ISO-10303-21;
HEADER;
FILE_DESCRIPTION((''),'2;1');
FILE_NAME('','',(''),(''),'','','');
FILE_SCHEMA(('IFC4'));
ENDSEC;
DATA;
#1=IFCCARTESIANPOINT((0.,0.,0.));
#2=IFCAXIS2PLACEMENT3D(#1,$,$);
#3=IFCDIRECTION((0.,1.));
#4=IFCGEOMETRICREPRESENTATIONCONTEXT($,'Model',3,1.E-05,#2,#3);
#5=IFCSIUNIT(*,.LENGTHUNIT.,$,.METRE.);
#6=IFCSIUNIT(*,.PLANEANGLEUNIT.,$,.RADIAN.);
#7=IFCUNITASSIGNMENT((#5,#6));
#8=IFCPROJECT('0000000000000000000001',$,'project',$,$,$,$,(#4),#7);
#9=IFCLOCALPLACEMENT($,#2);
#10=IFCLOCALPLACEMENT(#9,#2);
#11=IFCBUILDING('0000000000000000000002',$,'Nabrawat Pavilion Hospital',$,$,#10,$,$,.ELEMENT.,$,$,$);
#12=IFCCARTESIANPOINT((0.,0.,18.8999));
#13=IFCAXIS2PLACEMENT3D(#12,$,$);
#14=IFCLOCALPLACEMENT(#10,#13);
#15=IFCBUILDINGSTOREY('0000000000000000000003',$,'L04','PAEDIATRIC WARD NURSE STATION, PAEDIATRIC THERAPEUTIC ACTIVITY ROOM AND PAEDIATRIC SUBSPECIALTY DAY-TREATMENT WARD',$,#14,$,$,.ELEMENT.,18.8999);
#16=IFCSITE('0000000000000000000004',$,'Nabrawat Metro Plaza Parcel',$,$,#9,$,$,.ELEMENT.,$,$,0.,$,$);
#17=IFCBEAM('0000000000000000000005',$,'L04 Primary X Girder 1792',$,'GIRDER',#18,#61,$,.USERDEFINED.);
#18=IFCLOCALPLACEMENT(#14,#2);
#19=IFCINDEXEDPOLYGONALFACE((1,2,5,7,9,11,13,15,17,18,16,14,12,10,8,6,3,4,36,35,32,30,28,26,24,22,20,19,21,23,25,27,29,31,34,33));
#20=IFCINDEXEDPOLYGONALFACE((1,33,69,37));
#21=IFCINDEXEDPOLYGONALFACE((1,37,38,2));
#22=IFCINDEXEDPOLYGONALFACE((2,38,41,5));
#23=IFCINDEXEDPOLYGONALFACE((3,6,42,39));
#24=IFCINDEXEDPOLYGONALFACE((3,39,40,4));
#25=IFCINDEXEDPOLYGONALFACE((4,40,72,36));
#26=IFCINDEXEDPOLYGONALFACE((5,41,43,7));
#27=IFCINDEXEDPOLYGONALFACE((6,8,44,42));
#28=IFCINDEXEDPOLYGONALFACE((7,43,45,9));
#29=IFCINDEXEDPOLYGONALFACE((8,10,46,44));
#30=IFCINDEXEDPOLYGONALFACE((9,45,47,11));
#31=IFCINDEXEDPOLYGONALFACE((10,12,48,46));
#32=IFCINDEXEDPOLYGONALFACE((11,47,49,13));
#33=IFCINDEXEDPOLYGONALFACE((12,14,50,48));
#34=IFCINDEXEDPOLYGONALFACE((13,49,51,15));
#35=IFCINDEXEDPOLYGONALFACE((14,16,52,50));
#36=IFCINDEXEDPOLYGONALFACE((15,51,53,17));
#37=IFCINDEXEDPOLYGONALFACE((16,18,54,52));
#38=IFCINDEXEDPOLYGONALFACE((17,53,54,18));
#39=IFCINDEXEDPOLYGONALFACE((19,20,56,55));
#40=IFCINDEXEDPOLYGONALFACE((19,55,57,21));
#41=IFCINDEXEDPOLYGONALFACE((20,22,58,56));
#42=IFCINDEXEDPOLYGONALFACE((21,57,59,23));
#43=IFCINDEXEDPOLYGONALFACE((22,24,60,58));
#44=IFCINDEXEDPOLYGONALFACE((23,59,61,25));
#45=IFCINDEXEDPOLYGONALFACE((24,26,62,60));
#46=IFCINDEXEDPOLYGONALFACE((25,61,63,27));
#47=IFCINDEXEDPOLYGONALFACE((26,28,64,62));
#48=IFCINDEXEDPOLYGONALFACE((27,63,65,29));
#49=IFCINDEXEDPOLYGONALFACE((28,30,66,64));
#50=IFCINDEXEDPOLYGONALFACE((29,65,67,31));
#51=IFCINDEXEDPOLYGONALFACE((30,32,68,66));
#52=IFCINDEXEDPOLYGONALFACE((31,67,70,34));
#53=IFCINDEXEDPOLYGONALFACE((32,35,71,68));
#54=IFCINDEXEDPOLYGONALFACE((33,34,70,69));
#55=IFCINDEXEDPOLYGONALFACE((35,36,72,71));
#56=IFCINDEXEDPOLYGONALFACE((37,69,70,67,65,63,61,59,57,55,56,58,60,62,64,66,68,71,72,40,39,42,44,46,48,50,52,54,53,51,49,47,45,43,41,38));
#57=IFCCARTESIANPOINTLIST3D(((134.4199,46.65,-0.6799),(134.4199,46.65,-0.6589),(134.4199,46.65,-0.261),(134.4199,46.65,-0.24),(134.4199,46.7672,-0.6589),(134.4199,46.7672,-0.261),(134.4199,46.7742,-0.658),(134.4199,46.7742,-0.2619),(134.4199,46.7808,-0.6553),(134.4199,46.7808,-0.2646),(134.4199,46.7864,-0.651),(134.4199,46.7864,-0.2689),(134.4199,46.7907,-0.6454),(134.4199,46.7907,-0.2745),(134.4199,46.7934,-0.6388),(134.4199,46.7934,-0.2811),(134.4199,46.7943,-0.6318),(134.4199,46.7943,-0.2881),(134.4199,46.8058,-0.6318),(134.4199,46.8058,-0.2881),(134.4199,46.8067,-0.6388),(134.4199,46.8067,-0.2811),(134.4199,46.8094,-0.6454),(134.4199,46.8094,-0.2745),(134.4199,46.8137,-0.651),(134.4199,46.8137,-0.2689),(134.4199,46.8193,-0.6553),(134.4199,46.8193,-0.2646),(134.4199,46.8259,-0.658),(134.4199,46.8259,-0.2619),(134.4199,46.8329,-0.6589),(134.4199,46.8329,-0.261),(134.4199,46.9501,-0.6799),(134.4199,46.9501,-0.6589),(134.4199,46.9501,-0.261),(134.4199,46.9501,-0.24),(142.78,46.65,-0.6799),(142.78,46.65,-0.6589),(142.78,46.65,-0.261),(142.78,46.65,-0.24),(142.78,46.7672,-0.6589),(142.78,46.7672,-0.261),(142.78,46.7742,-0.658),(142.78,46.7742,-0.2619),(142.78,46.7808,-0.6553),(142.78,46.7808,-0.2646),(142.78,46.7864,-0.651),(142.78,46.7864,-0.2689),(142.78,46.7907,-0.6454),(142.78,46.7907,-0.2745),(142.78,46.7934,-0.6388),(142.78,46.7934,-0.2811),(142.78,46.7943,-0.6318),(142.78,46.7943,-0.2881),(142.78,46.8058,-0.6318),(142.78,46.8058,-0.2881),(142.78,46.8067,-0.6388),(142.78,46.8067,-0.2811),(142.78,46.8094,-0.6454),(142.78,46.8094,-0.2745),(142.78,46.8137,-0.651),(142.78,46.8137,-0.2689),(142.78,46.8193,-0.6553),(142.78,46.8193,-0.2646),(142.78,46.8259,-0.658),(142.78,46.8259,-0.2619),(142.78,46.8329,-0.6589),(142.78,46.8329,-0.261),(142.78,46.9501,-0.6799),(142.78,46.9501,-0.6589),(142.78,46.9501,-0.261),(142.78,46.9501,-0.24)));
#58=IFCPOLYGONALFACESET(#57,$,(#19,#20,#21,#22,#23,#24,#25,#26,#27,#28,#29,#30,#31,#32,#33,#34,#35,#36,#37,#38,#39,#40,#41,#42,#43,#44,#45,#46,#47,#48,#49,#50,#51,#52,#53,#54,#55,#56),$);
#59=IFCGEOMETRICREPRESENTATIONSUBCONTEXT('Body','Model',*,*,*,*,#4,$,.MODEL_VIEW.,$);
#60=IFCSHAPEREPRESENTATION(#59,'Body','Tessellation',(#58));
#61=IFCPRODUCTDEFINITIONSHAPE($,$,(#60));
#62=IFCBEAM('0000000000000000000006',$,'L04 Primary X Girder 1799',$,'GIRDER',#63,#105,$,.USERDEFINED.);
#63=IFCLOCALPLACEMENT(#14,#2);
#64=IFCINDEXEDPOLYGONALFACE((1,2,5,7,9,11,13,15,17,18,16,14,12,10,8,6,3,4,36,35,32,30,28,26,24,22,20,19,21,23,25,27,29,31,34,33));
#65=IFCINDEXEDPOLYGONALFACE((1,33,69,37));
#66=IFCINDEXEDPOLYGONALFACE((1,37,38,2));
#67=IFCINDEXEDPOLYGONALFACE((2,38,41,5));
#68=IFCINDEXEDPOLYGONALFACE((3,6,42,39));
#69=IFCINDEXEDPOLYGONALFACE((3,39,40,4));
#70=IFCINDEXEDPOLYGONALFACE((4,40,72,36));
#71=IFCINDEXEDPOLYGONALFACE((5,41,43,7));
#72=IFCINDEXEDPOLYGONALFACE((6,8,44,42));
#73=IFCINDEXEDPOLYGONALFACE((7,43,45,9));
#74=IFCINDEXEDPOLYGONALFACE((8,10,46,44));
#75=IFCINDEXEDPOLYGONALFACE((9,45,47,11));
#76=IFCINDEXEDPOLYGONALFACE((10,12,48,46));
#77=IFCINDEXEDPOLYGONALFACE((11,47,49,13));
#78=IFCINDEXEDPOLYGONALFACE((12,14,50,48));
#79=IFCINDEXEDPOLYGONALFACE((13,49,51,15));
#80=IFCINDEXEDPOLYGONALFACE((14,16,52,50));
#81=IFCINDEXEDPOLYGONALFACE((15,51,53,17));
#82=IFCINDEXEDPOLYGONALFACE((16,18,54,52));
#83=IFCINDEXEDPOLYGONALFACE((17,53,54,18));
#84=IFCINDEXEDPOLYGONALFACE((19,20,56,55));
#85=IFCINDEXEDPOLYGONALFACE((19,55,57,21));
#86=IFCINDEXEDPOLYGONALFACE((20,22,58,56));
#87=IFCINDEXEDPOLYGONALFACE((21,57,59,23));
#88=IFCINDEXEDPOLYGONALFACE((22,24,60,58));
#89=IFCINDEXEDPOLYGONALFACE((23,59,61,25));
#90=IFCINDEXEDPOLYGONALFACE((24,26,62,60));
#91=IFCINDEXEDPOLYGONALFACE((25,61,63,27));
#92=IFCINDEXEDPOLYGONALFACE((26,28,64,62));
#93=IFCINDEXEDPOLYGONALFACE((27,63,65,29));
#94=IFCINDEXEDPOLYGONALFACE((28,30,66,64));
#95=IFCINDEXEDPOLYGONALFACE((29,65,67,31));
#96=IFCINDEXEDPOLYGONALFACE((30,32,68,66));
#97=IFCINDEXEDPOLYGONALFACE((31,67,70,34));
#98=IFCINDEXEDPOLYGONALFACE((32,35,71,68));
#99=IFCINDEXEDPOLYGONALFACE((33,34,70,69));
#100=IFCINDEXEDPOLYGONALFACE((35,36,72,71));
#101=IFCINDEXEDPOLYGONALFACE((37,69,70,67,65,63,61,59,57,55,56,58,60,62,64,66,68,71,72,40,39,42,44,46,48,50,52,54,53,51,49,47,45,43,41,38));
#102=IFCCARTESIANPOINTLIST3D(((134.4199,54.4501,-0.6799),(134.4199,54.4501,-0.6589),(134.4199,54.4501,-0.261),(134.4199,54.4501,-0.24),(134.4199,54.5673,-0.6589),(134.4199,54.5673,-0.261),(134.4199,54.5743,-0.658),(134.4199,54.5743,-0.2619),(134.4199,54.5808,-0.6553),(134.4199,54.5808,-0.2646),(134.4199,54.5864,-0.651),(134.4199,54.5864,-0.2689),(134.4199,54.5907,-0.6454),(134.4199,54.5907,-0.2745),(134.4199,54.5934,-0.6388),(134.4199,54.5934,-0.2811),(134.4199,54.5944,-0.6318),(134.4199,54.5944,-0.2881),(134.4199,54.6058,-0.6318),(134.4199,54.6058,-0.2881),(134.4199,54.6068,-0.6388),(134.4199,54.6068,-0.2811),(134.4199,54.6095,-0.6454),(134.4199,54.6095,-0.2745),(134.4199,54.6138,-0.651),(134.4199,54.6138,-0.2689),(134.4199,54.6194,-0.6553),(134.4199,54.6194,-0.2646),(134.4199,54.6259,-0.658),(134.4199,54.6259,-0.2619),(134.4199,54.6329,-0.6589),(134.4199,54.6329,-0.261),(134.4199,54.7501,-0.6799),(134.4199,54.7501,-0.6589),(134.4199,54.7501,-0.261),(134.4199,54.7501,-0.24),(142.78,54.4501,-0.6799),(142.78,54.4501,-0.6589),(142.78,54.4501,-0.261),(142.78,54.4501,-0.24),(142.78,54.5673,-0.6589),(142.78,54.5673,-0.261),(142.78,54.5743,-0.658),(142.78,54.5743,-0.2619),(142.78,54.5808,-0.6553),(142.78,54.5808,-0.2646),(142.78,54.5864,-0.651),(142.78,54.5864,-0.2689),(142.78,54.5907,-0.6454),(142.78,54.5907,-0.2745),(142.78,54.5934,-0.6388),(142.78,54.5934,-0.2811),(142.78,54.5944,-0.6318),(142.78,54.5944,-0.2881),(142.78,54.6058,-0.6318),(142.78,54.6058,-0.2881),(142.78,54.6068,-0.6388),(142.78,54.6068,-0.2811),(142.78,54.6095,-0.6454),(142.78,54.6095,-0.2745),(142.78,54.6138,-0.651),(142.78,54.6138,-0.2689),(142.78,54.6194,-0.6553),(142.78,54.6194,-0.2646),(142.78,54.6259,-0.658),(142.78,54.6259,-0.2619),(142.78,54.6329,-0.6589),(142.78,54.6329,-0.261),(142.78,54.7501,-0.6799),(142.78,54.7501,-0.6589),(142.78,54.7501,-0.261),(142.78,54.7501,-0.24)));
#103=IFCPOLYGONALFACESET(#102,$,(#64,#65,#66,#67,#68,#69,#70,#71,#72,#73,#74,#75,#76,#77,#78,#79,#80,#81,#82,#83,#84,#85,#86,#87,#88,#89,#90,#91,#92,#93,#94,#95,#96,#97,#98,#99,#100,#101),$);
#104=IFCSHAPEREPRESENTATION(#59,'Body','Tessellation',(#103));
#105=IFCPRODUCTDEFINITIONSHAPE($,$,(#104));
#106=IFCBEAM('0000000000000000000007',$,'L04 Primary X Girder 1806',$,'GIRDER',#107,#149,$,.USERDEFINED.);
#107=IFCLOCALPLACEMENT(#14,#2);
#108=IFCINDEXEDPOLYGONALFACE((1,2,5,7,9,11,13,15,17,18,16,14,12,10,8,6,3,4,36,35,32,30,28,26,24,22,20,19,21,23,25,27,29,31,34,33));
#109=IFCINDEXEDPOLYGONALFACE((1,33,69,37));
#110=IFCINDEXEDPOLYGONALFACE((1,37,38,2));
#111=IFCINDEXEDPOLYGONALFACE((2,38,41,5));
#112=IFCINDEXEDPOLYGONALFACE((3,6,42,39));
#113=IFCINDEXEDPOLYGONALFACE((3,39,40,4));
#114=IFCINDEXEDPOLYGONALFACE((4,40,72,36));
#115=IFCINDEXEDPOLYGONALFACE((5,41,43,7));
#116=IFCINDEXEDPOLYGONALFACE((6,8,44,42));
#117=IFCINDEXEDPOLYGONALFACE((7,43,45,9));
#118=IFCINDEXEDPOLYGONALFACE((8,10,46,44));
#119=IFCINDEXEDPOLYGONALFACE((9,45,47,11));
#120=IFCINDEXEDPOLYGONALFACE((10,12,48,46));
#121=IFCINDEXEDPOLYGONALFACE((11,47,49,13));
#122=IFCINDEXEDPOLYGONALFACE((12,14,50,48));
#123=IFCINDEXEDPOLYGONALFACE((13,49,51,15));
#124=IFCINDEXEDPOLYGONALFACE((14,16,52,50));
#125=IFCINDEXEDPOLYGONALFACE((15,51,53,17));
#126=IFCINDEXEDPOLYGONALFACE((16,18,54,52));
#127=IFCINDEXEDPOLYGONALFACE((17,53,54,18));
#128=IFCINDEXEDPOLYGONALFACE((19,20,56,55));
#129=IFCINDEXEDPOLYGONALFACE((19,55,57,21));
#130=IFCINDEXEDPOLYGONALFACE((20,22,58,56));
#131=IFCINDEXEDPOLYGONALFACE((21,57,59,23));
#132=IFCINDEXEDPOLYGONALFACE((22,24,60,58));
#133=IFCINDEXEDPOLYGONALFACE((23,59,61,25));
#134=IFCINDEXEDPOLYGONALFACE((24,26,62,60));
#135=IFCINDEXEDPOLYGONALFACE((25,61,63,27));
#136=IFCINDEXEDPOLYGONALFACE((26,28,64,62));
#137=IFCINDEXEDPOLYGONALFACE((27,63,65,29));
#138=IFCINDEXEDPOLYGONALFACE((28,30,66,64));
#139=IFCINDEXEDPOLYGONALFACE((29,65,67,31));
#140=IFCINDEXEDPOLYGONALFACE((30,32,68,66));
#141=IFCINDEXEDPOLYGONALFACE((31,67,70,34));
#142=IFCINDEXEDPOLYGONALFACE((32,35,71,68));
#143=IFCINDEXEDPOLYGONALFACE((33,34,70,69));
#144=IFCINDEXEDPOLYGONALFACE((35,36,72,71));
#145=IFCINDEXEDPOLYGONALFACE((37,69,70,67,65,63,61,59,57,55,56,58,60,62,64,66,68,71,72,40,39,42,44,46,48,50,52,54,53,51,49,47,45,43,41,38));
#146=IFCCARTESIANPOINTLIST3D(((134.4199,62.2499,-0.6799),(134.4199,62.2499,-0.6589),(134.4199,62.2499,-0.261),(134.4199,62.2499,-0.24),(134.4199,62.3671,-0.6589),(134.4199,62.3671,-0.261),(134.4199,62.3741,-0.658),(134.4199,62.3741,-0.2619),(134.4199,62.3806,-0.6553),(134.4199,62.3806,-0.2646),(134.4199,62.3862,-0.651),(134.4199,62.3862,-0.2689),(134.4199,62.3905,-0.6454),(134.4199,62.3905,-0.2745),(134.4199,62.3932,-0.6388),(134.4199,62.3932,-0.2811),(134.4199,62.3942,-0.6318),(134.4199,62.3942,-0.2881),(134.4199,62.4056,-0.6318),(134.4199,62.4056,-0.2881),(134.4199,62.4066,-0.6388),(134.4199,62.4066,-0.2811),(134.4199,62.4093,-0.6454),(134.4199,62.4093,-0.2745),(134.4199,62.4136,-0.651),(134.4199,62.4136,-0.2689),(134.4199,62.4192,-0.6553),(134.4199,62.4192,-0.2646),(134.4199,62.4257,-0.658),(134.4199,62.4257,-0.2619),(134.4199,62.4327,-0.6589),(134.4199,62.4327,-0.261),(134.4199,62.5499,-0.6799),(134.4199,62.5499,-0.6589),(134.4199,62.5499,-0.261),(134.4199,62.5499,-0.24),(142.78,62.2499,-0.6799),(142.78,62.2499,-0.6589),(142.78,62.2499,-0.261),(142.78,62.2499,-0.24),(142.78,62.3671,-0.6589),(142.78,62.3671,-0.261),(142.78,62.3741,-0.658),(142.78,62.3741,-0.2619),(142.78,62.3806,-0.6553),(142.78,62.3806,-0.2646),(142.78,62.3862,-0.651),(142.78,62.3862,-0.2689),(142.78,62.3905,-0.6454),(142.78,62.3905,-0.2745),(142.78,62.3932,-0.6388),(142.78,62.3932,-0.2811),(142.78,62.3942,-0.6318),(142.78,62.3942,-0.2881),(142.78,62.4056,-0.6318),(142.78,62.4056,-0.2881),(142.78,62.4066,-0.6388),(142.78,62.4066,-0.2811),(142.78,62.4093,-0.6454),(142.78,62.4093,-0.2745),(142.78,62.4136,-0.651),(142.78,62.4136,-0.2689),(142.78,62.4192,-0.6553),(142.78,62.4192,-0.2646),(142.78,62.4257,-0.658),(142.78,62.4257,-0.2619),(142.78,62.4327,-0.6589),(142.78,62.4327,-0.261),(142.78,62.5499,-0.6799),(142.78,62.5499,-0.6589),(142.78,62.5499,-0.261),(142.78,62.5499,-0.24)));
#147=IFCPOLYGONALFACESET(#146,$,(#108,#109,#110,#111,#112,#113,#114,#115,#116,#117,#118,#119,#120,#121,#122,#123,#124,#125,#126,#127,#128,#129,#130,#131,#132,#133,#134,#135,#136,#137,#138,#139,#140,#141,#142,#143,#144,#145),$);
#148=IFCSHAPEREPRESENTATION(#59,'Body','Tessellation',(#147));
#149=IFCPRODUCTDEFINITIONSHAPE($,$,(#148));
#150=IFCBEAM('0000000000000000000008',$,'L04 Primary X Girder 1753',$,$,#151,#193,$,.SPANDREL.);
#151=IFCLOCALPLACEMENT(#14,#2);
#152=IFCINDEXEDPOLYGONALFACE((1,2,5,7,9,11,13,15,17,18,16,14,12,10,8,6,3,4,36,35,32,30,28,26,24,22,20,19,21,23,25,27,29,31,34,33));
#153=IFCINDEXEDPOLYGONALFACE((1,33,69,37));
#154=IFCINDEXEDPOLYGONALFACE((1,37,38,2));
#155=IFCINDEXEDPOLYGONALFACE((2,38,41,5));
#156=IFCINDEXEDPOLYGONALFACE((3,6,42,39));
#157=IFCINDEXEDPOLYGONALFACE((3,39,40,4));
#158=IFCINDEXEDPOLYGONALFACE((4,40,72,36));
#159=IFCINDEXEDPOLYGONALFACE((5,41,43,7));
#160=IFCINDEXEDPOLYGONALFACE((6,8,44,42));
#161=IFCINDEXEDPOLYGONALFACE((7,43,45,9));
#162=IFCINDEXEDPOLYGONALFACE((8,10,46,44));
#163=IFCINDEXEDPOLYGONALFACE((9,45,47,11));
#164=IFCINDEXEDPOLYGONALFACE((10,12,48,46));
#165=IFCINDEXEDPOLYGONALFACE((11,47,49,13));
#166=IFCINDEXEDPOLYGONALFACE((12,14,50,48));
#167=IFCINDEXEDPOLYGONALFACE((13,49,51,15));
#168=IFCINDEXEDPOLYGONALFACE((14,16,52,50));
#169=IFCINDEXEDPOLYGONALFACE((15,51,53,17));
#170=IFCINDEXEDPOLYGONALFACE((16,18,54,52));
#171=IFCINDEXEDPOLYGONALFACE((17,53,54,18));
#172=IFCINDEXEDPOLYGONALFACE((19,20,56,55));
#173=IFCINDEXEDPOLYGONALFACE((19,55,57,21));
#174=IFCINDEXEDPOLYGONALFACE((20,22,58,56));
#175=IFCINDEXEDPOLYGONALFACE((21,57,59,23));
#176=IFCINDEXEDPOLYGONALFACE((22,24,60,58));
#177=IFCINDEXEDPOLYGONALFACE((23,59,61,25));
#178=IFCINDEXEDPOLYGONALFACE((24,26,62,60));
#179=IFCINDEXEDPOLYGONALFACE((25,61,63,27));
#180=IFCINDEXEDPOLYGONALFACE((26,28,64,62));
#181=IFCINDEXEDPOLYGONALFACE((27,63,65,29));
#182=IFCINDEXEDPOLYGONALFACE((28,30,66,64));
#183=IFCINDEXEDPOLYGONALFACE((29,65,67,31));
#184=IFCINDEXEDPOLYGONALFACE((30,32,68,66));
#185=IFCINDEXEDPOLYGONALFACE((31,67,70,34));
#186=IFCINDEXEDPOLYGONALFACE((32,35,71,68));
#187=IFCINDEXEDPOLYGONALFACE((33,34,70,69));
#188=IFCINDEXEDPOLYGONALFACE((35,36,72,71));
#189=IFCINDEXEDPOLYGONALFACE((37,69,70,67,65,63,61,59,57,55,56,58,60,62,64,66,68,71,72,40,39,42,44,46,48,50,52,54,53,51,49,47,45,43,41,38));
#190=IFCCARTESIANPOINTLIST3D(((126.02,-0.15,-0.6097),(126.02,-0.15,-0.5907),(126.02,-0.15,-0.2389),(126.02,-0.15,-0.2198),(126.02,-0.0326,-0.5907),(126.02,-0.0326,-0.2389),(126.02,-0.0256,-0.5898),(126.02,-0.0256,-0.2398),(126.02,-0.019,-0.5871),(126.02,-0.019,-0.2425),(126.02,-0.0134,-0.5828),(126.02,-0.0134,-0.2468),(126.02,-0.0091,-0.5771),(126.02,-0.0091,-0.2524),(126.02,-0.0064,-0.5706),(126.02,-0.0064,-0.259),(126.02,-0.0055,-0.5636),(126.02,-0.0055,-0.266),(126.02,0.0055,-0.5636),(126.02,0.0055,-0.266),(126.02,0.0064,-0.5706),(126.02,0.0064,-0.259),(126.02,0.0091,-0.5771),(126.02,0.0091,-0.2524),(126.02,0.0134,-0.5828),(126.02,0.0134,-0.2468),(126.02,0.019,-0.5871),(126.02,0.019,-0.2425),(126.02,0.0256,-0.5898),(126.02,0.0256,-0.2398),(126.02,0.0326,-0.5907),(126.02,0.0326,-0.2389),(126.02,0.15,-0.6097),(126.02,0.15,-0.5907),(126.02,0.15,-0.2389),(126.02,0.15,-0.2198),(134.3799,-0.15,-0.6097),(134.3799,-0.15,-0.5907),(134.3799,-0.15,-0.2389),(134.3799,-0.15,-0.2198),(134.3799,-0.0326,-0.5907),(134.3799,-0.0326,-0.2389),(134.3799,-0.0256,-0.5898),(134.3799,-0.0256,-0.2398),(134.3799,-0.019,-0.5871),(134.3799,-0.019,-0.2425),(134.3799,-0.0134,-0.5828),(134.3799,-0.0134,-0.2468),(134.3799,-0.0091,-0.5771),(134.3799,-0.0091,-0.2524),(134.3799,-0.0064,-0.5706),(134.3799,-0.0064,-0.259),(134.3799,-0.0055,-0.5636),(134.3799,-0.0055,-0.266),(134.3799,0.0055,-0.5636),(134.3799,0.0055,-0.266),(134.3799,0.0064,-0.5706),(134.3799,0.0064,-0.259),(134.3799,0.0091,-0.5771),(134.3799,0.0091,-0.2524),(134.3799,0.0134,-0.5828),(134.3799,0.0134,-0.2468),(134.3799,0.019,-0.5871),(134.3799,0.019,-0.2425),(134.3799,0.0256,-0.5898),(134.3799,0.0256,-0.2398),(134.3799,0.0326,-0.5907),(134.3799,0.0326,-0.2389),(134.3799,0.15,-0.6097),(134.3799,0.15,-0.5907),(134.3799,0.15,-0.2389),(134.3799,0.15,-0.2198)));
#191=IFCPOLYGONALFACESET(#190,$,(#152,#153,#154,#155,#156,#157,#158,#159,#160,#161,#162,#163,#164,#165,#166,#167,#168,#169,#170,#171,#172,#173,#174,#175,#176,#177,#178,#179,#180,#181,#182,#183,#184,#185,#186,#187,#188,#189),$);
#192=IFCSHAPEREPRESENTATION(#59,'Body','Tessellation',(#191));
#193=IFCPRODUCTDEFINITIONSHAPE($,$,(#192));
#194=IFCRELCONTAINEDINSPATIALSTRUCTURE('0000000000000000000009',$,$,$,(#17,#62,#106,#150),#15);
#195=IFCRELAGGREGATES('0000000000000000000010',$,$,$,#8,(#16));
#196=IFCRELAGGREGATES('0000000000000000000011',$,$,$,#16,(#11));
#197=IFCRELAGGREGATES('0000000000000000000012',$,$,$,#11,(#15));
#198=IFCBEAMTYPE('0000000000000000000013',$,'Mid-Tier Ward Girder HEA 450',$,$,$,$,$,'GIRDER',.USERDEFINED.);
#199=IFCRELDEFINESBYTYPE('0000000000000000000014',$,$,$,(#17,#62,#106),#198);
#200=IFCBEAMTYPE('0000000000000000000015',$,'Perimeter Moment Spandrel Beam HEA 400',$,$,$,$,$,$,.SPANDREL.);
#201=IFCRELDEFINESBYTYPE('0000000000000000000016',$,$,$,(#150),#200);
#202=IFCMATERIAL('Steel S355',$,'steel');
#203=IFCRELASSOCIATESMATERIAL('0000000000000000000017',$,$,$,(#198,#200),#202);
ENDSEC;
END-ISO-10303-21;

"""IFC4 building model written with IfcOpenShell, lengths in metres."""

from ifc_helpers import new_model, si_unit, direction, frame, origin, origin_2d, place, context, subcontext, project, spatial, i_section, extrude, material, material_profile, profile_set, type_object, element, save


model = new_model("IFC4")

# Units and contexts
model_context = context("Model", 3, precision=1e-05, world=origin(), true_north=direction((0.0, 1.0)))
body_context = subcontext(model_context, "Body", "Model", "MODEL_VIEW")
ifc_project = project(units=[si_unit("LENGTHUNIT", "METRE"), si_unit("PLANEANGLEUNIT", "RADIAN")], contexts=[model_context])

# Site, building, storey
site_placement = place(None, origin())
site = spatial("IfcSite", under=ifc_project, at=site_placement, Name="Nabrawat Metro Plaza Parcel", CompositionType="ELEMENT", RefElevation=0.0)
building_placement = place(site_placement, origin())
building = spatial("IfcBuilding", under=site, at=building_placement, Name="Nabrawat Pavilion Hospital", CompositionType="ELEMENT")
storey_placement = place(building_placement, frame((0.0, 0.0, 18.8999)))
storey = spatial("IfcBuildingStorey", under=building, at=storey_placement, Name="L04", Description="PAEDIATRIC WARD NURSE STATION, PAEDIATRIC THERAPEUTIC ACTIVITY ROOM AND PAEDIATRIC SUBSPECIALTY DAY-TREATMENT WARD", CompositionType="ELEMENT", Elevation=18.8999)

# Beams
ifc_material_1 = material(Name="Steel S355", Category="steel")
ifc_material_profile_1 = material_profile(ifc_material_1, i_section(OverallWidth=0.3, OverallDepth=0.4399, WebThickness=0.0115, FlangeThickness=0.021, FilletRadius=0.0271, at=origin_2d()), Name="HEA 450")
ifc_profile_set_1 = profile_set([ifc_material_profile_1], Name="Steel S355")
beam_type_1 = type_object("IfcBeamType", Name="Mid-Tier Ward Girder HEA 450", ElementType="GIRDER", PredefinedType="USERDEFINED", material=ifc_profile_set_1)
for number, where, z_axis, x_axis, name in (
    (1, (134.4199, 46.8, -0.46), (1.0, 0.0, 0.0), (0.0, 1.0, 0.0), "L04 Primary X Girder 1792"),
    (2, (134.4199, 54.6001, -0.46), (1.0, 0.0, 0.0), (0.0, 1.0, 0.0), "L04 Primary X Girder 1799"),
    (3, (134.4199, 62.3999, -0.46), (1.0, 0.0, 0.0), (0.0, 1.0, 0.0), "L04 Primary X Girder 1806"),
):
    element("IfcBeam", number, at=place(storey_placement, frame(where, z_axis=z_axis, x_axis=x_axis)), inside=storey, type_object=beam_type_1, Name=name, ObjectType="GIRDER", PredefinedType="USERDEFINED", context=body_context, shape_type="SweptSolid", body=[
        extrude(i_section(OverallWidth=0.3, OverallDepth=0.4399, WebThickness=0.0115, FlangeThickness=0.021, FilletRadius=0.0271, at=origin_2d()), origin(), (0.0, 0.0, 1.0), 8.3601),
    ])
ifc_material_profile_2 = material_profile(ifc_material_1, i_section(OverallWidth=0.3, OverallDepth=0.3899, WebThickness=0.011, FlangeThickness=0.019, FilletRadius=0.0271, at=origin_2d()), Name="HEA 400")
ifc_profile_set_2 = profile_set([ifc_material_profile_2], Name="Steel S355")
beam_type_2 = type_object("IfcBeamType", Name="Perimeter Moment Spandrel Beam HEA 400", PredefinedType="SPANDREL", material=ifc_profile_set_2)
beam_1_placement = place(storey_placement, frame((126.02, 0.0, -0.4148), z_axis=(1.0, 0.0, 0.0), x_axis=(0.0, 1.0, 0.0)))
element("IfcBeam", 4, at=beam_1_placement, inside=storey, type_object=beam_type_2, Name="L04 Primary X Girder 1753", PredefinedType="SPANDREL", context=body_context, shape_type="SweptSolid", body=[
    extrude(i_section(OverallWidth=0.3, OverallDepth=0.3899, WebThickness=0.011, FlangeThickness=0.019, FilletRadius=0.0271, at=origin_2d()), origin(), (0.0, 0.0, 1.0), 8.3599),
])

save(model, "model.ifc")
